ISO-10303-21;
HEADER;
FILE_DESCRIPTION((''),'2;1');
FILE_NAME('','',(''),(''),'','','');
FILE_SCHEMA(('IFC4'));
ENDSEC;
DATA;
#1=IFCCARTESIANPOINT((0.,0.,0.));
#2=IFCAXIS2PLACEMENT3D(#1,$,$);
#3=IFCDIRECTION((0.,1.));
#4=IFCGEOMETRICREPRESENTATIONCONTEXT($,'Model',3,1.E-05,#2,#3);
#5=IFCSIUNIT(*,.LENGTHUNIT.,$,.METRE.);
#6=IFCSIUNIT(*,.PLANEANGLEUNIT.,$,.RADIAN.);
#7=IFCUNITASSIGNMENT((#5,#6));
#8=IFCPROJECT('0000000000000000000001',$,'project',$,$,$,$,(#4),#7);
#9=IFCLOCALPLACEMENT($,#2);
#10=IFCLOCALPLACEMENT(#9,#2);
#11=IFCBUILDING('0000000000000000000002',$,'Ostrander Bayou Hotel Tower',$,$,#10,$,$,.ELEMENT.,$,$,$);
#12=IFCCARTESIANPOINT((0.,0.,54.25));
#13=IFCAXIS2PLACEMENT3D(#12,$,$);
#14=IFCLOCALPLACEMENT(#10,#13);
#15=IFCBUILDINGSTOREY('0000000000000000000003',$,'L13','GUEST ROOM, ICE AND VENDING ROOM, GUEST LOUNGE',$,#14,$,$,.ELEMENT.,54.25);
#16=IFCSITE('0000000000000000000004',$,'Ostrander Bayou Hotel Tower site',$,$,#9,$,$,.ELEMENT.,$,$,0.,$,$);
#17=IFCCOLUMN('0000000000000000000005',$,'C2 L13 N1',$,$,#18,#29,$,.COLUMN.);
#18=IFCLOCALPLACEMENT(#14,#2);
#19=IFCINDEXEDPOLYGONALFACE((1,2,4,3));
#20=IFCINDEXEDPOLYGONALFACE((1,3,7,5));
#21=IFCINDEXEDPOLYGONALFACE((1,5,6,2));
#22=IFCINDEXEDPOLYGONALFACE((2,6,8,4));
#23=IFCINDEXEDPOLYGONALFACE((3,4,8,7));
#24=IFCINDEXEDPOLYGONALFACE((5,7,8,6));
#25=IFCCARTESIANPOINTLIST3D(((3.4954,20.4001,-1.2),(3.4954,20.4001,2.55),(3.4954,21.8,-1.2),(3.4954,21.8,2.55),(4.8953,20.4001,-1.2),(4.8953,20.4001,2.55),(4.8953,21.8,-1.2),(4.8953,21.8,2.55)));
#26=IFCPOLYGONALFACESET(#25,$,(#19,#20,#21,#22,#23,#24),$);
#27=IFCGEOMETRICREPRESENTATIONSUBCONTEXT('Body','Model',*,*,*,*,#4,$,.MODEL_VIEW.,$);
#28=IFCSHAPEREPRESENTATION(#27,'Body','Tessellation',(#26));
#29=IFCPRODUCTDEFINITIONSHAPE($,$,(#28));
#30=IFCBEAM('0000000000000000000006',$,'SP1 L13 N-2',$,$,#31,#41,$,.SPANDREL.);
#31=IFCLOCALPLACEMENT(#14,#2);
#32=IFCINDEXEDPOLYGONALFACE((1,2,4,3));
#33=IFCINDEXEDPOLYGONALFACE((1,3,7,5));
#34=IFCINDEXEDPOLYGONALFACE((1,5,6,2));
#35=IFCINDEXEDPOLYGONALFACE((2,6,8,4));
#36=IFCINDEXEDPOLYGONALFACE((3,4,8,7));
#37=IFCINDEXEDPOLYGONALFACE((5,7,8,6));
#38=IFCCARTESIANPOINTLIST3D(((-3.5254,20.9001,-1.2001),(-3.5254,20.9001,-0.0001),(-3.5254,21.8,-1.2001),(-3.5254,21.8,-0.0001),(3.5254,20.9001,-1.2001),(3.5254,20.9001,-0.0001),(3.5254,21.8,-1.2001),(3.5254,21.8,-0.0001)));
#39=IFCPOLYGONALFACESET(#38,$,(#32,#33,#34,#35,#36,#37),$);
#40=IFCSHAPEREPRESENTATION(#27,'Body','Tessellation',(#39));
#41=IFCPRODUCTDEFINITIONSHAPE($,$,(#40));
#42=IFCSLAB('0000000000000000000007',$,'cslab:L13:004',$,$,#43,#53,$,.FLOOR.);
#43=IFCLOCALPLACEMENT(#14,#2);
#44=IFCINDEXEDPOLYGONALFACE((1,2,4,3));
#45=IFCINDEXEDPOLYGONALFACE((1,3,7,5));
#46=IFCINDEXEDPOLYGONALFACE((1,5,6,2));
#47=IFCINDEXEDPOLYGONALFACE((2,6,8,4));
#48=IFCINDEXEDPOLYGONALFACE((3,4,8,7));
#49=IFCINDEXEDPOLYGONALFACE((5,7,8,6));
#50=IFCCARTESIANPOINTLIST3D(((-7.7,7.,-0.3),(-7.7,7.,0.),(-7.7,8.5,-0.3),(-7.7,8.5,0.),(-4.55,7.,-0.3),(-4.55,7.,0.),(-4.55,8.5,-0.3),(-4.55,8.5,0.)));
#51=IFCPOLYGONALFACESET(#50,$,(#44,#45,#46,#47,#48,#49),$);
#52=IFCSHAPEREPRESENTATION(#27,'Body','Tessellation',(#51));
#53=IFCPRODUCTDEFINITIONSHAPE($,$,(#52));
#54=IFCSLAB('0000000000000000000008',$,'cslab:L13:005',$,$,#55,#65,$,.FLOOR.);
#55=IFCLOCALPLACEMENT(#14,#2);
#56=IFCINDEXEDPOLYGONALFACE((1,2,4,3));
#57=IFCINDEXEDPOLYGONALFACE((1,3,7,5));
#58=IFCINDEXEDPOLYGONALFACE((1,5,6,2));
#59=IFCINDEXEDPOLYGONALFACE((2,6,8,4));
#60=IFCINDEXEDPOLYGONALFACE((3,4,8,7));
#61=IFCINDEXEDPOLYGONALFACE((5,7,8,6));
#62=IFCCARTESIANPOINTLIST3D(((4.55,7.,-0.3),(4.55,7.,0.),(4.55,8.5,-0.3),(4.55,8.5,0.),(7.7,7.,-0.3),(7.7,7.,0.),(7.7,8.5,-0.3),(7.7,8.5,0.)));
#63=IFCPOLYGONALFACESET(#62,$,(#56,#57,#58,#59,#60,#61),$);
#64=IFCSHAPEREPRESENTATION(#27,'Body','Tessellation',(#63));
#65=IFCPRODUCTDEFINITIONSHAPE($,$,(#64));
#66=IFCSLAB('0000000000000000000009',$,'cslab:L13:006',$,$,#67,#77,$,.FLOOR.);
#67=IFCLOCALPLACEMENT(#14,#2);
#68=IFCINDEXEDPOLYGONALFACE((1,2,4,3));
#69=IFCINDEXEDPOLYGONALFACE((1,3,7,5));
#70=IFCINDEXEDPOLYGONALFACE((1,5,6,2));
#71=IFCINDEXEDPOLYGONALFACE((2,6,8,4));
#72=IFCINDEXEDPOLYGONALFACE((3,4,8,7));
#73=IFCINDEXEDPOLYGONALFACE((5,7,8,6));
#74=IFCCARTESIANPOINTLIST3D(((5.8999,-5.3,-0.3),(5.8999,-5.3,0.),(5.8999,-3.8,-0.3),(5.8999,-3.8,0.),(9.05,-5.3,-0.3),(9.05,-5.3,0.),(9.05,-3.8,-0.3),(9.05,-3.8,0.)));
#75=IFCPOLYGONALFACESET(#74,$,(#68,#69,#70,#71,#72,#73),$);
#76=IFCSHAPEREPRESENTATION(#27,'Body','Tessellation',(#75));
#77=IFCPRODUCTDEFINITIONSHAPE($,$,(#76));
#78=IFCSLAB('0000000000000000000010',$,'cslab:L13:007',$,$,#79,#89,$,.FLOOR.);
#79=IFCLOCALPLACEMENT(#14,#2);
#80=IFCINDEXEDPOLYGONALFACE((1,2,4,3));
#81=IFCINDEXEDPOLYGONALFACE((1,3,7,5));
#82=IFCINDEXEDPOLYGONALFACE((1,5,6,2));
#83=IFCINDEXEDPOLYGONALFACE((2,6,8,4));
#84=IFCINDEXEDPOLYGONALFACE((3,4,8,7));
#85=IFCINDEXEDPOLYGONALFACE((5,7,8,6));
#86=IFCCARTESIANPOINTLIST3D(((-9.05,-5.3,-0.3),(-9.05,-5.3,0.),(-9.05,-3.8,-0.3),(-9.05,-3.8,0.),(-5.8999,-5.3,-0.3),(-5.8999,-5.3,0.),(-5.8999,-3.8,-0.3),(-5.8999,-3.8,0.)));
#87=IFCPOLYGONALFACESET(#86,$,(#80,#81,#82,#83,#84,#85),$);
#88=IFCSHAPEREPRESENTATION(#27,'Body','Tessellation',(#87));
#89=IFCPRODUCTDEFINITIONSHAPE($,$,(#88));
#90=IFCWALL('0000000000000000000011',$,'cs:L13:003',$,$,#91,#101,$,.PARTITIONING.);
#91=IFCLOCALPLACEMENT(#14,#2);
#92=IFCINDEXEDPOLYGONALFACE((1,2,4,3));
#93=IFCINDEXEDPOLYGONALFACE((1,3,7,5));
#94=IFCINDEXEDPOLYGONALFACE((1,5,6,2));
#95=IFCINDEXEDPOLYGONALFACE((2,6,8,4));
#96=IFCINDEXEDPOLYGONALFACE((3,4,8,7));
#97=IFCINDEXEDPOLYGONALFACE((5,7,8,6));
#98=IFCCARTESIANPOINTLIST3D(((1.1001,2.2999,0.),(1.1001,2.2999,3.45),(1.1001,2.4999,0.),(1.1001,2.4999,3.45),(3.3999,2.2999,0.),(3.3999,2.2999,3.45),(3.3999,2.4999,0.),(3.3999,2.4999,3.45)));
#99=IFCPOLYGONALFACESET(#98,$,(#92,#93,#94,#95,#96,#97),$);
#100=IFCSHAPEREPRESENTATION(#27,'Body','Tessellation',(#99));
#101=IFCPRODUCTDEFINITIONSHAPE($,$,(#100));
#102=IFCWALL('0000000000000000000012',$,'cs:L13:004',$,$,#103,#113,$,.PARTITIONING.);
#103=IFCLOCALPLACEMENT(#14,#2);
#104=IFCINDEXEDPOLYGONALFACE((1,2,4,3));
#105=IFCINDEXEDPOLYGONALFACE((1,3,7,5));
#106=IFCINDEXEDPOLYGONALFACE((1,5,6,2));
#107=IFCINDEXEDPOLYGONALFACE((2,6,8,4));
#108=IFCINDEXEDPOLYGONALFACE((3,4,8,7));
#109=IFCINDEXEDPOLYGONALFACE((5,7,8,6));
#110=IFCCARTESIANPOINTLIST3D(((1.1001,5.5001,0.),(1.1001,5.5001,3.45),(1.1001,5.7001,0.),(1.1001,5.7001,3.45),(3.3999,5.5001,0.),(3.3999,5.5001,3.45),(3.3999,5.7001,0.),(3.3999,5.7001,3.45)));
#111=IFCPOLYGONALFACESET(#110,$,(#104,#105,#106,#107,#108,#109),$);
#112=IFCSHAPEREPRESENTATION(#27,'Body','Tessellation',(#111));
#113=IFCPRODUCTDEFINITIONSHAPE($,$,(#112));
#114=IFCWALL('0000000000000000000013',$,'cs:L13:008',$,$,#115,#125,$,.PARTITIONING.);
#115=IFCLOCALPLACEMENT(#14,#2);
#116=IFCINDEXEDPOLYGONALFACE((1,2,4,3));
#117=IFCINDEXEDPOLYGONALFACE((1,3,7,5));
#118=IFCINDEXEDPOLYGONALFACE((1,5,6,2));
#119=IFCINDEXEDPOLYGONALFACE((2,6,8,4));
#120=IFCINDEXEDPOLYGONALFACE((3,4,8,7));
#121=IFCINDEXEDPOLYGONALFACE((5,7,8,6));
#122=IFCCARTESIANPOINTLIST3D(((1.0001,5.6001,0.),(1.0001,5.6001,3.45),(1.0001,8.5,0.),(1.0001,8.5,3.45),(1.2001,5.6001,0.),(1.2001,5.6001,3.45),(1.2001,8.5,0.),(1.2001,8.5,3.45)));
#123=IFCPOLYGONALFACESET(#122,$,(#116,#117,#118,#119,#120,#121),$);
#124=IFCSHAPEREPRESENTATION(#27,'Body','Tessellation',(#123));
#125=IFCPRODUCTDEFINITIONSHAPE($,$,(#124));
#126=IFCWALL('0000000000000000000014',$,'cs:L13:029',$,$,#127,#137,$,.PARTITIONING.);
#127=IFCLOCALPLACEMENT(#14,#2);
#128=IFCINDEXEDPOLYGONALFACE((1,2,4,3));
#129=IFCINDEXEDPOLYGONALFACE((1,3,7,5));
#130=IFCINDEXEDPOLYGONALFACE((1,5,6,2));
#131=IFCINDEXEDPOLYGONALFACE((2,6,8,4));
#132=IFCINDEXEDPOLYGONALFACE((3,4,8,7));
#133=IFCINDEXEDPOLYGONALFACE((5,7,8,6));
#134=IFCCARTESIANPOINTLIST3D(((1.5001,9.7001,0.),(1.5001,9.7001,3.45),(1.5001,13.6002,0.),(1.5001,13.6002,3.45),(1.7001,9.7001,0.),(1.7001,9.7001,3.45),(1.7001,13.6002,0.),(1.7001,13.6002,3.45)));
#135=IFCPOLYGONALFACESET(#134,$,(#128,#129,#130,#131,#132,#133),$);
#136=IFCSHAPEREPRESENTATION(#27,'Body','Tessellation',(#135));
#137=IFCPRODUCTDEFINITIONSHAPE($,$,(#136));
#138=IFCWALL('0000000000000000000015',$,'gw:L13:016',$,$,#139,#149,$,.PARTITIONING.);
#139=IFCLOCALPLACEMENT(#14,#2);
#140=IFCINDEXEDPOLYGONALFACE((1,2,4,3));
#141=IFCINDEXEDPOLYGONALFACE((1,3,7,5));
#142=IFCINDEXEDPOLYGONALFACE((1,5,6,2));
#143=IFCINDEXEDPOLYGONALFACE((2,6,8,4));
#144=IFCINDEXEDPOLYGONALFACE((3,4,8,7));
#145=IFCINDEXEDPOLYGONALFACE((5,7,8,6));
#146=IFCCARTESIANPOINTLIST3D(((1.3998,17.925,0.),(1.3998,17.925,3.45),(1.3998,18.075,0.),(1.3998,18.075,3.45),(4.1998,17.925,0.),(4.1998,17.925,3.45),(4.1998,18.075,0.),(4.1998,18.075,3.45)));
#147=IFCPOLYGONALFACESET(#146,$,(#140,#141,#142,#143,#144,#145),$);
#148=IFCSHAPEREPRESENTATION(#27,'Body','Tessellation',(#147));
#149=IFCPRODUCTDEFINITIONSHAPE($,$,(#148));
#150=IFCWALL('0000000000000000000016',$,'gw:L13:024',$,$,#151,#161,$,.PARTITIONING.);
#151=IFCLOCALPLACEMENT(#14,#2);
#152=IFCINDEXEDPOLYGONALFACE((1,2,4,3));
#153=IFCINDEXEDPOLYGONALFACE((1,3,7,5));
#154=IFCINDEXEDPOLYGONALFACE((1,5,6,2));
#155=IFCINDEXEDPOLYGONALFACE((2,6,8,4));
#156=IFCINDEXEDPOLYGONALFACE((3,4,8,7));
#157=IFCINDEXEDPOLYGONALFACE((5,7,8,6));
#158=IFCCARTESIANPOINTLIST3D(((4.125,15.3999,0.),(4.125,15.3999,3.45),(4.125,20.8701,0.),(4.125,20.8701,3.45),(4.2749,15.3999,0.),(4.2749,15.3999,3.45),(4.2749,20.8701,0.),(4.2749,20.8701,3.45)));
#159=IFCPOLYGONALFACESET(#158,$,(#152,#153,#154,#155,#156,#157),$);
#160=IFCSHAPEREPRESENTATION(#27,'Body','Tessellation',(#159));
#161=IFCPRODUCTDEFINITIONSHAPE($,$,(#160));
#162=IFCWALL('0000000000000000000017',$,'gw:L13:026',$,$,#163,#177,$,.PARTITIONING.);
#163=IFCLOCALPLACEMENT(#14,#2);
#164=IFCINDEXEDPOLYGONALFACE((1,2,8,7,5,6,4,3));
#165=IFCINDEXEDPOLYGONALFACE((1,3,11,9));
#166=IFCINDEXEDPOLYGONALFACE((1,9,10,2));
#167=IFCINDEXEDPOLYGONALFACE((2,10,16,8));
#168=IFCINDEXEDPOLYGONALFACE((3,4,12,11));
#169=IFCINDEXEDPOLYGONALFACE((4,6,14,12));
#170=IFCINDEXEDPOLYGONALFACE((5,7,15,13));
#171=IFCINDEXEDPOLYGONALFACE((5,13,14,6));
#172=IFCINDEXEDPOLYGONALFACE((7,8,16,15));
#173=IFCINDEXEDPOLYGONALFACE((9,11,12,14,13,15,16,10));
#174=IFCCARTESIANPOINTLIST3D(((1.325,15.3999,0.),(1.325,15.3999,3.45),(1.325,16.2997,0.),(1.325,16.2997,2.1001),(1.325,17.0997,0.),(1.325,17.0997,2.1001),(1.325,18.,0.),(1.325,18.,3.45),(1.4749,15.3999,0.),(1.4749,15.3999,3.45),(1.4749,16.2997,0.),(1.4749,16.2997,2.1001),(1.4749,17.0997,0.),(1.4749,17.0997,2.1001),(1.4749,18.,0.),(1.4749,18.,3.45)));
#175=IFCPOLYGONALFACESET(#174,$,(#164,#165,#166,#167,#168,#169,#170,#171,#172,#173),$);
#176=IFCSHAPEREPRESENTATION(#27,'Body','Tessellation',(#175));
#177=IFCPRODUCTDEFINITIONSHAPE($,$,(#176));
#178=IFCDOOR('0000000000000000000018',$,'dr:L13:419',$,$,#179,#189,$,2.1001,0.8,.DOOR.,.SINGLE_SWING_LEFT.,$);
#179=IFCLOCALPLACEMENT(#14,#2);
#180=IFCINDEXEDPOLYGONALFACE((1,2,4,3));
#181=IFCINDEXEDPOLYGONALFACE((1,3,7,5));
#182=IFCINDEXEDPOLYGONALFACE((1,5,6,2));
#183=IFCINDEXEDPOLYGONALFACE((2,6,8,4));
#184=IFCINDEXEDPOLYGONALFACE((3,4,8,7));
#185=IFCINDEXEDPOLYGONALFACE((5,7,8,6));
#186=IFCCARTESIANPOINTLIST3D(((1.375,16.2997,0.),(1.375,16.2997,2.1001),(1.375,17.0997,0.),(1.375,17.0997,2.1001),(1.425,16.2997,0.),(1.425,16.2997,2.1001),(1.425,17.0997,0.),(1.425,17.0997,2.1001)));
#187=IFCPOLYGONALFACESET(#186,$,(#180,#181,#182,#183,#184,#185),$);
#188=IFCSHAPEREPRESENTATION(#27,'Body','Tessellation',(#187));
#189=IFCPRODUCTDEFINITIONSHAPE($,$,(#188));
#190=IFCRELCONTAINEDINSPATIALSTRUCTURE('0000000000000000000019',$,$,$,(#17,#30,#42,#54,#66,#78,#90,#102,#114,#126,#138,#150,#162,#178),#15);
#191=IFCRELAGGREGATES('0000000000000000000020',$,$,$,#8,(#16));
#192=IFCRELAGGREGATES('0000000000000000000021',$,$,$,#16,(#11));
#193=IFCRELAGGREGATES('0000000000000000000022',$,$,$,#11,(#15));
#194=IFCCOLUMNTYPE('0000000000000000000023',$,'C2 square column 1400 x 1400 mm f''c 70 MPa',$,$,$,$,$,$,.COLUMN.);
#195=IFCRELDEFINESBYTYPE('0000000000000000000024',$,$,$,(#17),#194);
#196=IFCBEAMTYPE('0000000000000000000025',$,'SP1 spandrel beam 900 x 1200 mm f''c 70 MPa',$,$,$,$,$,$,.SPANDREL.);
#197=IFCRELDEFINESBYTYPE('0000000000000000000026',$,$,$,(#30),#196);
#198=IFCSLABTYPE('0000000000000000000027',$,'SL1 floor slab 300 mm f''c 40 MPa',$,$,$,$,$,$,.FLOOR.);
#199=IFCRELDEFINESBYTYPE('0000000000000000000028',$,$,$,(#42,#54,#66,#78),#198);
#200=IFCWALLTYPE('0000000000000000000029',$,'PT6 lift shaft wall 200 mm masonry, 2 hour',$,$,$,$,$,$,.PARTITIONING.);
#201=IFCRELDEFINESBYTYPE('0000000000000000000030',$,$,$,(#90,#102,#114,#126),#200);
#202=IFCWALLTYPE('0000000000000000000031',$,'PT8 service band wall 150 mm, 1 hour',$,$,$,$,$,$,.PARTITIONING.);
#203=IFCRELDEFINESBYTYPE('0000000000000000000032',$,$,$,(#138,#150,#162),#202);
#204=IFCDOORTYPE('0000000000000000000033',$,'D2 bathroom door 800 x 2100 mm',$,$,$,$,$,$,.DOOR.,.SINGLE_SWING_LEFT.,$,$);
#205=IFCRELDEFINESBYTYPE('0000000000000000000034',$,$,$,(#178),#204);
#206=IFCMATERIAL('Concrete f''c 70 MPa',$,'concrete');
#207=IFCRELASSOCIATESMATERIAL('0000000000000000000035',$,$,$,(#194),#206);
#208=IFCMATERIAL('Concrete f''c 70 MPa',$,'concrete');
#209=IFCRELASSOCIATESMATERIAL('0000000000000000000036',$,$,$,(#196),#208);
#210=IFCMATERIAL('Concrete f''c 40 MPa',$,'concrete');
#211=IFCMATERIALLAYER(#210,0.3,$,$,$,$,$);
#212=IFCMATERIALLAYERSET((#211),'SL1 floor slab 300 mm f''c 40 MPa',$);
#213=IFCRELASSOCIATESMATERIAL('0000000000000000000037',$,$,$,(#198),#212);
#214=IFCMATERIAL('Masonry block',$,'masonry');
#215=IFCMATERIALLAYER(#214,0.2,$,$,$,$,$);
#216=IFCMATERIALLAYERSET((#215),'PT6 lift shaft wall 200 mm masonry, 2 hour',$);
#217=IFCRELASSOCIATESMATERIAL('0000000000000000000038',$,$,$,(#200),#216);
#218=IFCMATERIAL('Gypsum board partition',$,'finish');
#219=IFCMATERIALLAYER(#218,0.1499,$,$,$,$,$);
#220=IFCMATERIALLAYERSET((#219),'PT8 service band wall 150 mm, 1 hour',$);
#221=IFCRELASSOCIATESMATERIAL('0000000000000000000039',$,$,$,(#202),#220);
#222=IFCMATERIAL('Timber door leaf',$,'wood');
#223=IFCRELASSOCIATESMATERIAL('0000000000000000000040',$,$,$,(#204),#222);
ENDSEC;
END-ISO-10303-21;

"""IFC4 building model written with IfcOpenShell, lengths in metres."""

from ifc_helpers import new_model, si_unit, direction, frame, frame_2d, origin, origin_2d, place, context, subcontext, project, spatial, polyline, rectangle, outline, extrude, material, layer, layer_set, material_profile, profile_set, type_object, element, fill, save


model = new_model("IFC4")

# Units and contexts
model_context = context("Model", 3, precision=1e-05, world=origin(), true_north=direction((0.0, 1.0)))
body_context = subcontext(model_context, "Body", "Model", "MODEL_VIEW")
ifc_project = project(units=[si_unit("LENGTHUNIT", "METRE"), si_unit("PLANEANGLEUNIT", "RADIAN")], contexts=[model_context])

# Site, building, storey
site_placement = place(None, origin())
site = spatial("IfcSite", under=ifc_project, at=site_placement, Name="Ostrander Bayou Hotel Tower site", CompositionType="ELEMENT", RefElevation=0.0)
building_placement = place(site_placement, origin())
building = spatial("IfcBuilding", under=site, at=building_placement, Name="Ostrander Bayou Hotel Tower", CompositionType="ELEMENT")
storey_placement = place(building_placement, frame((0.0, 0.0, 54.25)))
storey = spatial("IfcBuildingStorey", under=building, at=storey_placement, Name="L13", Description="GUEST ROOM, ICE AND VENDING ROOM, GUEST LOUNGE", CompositionType="ELEMENT", Elevation=54.25)

# Column
ifc_material_1 = material(Name="Concrete f'c 70 MPa", Category="concrete")
ifc_material_profile_1 = material_profile(ifc_material_1, rectangle(XDim=1.3999, YDim=1.3999, at=origin_2d()))
ifc_profile_set_1 = profile_set([ifc_material_profile_1], Name="Concrete f'c 70 MPa")
column_type = type_object("IfcColumnType", Name="C2 square column 1400 x 1400 mm f'c 70 MPa", PredefinedType="COLUMN", material=ifc_profile_set_1)
column_placement = place(storey_placement, frame((4.1953, 21.1001, -1.2), z_axis=(0.0, 0.0, 1.0), x_axis=(1.0, 0.0, 0.0)))
element("IfcColumn", 1, at=column_placement, inside=storey, type_object=column_type, Name="C2 L13 N1", PredefinedType="COLUMN", context=body_context, shape_type="SweptSolid", body=[
    extrude(rectangle(XDim=1.3999, YDim=1.3999, at=origin_2d()), origin(), (0.0, 0.0, 1.0), 3.75),
])

# Beam
ifc_material_2 = material(Name="Concrete f'c 70 MPa", Category="concrete")
ifc_material_profile_2 = material_profile(ifc_material_2, rectangle(XDim=0.8999, YDim=1.2, at=origin_2d()))
ifc_profile_set_2 = profile_set([ifc_material_profile_2], Name="Concrete f'c 70 MPa")
beam_type = type_object("IfcBeamType", Name="SP1 spandrel beam 900 x 1200 mm f'c 70 MPa", PredefinedType="SPANDREL", material=ifc_profile_set_2)
beam_placement = place(storey_placement, frame((3.5254, 21.3501, -0.6001), z_axis=(-1.0, 0.0, 0.0), x_axis=(0.0, -1.0, 0.0)))
element("IfcBeam", 2, at=beam_placement, inside=storey, type_object=beam_type, Name="SP1 L13 N-2", PredefinedType="SPANDREL", context=body_context, shape_type="SweptSolid", body=[
    extrude(rectangle(XDim=0.8999, YDim=1.2, at=origin_2d()), origin(), (0.0, 0.0, 1.0), 7.0508),
])

# Slabs
ifc_material_3 = material(Name="Concrete f'c 40 MPa", Category="concrete")
ifc_layer_1 = layer(ifc_material_3, 0.3)
ifc_layer_set_1 = layer_set([ifc_layer_1], Name="SL1 floor slab 300 mm f'c 40 MPa")
slab_type = type_object("IfcSlabType", Name="SL1 floor slab 300 mm f'c 40 MPa", PredefinedType="FLOOR", material=ifc_layer_set_1)
slab_1_placement = place(storey_placement, frame((0.0, 0.0, -0.3)))
element("IfcSlab", 3, at=slab_1_placement, inside=storey, type_object=slab_type, Name="cslab:L13:004", PredefinedType="FLOOR", context=body_context, shape_type="SweptSolid", body=[
    extrude(outline(polyline([(-4.55, 7.0), (-4.55, 8.5), (-7.7, 8.5), (-7.7, 7.0), (-4.55, 7.0)])), origin(), (0.0, 0.0, 1.0), 0.3),
])
slab_2_placement = place(storey_placement, frame((0.0, 0.0, -0.3)))
element("IfcSlab", 4, at=slab_2_placement, inside=storey, type_object=slab_type, Name="cslab:L13:005", PredefinedType="FLOOR", context=body_context, shape_type="SweptSolid", body=[
    extrude(outline(polyline([(7.7, 7.0), (7.7, 8.5), (4.55, 8.5), (4.55, 7.0), (7.7, 7.0)])), origin(), (0.0, 0.0, 1.0), 0.3),
])
slab_3_placement = place(storey_placement, frame((0.0, 0.0, -0.3)))
element("IfcSlab", 5, at=slab_3_placement, inside=storey, type_object=slab_type, Name="cslab:L13:006", PredefinedType="FLOOR", context=body_context, shape_type="SweptSolid", body=[
    extrude(outline(polyline([(9.05, -5.3), (9.05, -3.8), (5.8999, -3.8), (5.8999, -5.3), (9.05, -5.3)])), origin(), (0.0, 0.0, 1.0), 0.3),
])
slab_4_placement = place(storey_placement, frame((0.0, 0.0, -0.3)))
element("IfcSlab", 6, at=slab_4_placement, inside=storey, type_object=slab_type, Name="cslab:L13:007", PredefinedType="FLOOR", context=body_context, shape_type="SweptSolid", body=[
    extrude(outline(polyline([(-5.8999, -5.3), (-5.8999, -3.8), (-9.05, -3.8), (-9.05, -5.3), (-5.8999, -5.3)])), origin(), (0.0, 0.0, 1.0), 0.3),
])

# Walls
ifc_material_4 = material(Name="Masonry block", Category="masonry")
ifc_layer_2 = layer(ifc_material_4, 0.2)
ifc_layer_set_2 = layer_set([ifc_layer_2], Name="PT6 lift shaft wall 200 mm masonry, 2 hour")
wall_type_1 = type_object("IfcWallType", Name="PT6 lift shaft wall 200 mm masonry, 2 hour", PredefinedType="PARTITIONING", material=ifc_layer_set_2)
for number, where, z_axis, x_axis, name in (
    (7, (1.1001, 2.3999, 0.0), (0.0, 0.0, 1.0), (1.0, 0.0, 0.0), "cs:L13:003"),
    (8, (1.1001, 5.6001, 0.0), (0.0, 0.0, 1.0), (1.0, 0.0, 0.0), "cs:L13:004"),
):
    element("IfcWall", number, at=place(storey_placement, frame(where, z_axis=z_axis, x_axis=x_axis)), inside=storey, type_object=wall_type_1, Name=name, PredefinedType="PARTITIONING", context=body_context, shape_type="SweptSolid", body=[
        extrude(rectangle(XDim=2.2998, YDim=0.2, at=frame_2d((1.1499, 0.0))), origin(), (0.0, 0.0, 1.0), 3.45),
    ])
wall_1_placement = place(storey_placement, frame((1.1001, 5.6001, 0.0), z_axis=(0.0, 0.0, 1.0), x_axis=(0.0, 1.0, 0.0)))
element("IfcWall", 9, at=wall_1_placement, inside=storey, type_object=wall_type_1, Name="cs:L13:008", PredefinedType="PARTITIONING", context=body_context, shape_type="SweptSolid", body=[
    extrude(rectangle(XDim=2.8999, YDim=0.2, at=frame_2d((1.45, 0.0))), origin(), (0.0, 0.0, 1.0), 3.45),
])
wall_2_placement = place(storey_placement, frame((1.6001, 9.7, 0.0), z_axis=(0.0, 0.0, 1.0), x_axis=(0.0, 1.0, 0.0)))
element("IfcWall", 10, at=wall_2_placement, inside=storey, type_object=wall_type_1, Name="cs:L13:029", PredefinedType="PARTITIONING", context=body_context, shape_type="SweptSolid", body=[
    extrude(rectangle(XDim=3.9001, YDim=0.2, at=frame_2d((1.9502, 0.0))), origin(), (0.0, 0.0, 1.0), 3.45),
])
ifc_material_5 = material(Name="Gypsum board partition", Category="finish")
ifc_layer_3 = layer(ifc_material_5, 0.1499)
ifc_layer_set_3 = layer_set([ifc_layer_3], Name="PT8 service band wall 150 mm, 1 hour")
wall_type_2 = type_object("IfcWallType", Name="PT8 service band wall 150 mm, 1 hour", PredefinedType="PARTITIONING", material=ifc_layer_set_3)
wall_3_placement = place(storey_placement, frame((1.3999, 18.0, 0.0), z_axis=(0.0, 0.0, 1.0), x_axis=(1.0, 0.0, 0.0)))
element("IfcWall", 11, at=wall_3_placement, inside=storey, type_object=wall_type_2, Name="gw:L13:016", PredefinedType="PARTITIONING", context=body_context, shape_type="SweptSolid", body=[
    extrude(rectangle(XDim=2.8, YDim=0.1499, at=frame_2d((1.3999, 0.0))), origin(), (0.0, 0.0, 1.0), 3.45),
])
wall_4_placement = place(storey_placement, frame((4.2, 15.3999, 0.0), z_axis=(0.0, 0.0, 1.0), x_axis=(0.0, 1.0, 0.0)))
element("IfcWall", 12, at=wall_4_placement, inside=storey, type_object=wall_type_2, Name="gw:L13:024", PredefinedType="PARTITIONING", context=body_context, shape_type="SweptSolid", body=[
    extrude(rectangle(XDim=5.4702, YDim=0.1499, at=frame_2d((2.7351, 0.0))), origin(), (0.0, 0.0, 1.0), 3.45),
])

# Wall, opening, door
wall_5_placement = place(storey_placement, frame((1.3999, 15.3999, 0.0), z_axis=(0.0, 0.0, 1.0), x_axis=(0.0, 1.0, 0.0)))
wall_5 = element("IfcWall", 13, at=wall_5_placement, inside=storey, type_object=wall_type_2, Name="gw:L13:026", PredefinedType="PARTITIONING", context=body_context, shape_type="SweptSolid", body=[
    extrude(rectangle(XDim=2.6001, YDim=0.1499, at=frame_2d((1.3, 0.0))), origin(), (0.0, 0.0, 1.0), 3.45),
])
opening_1_placement = place(wall_5_placement, frame((0.8999, 0.0, 0.0)))
opening_1 = element("IfcOpeningElement", 14, at=opening_1_placement, cuts=wall_5, PredefinedType="OPENING", context=body_context, shape_type="SweptSolid", body=[
    extrude(rectangle(XDim=0.8, YDim=2.1001, at=frame_2d((0.3999, 1.05))), frame((0.0, 0.075, 0.0), z_axis=(0.0, -1.0, 0.0), x_axis=(1.0, 0.0, 0.0)), (0.0, 0.0, 1.0), 0.1499),
])
ifc_material_6 = material(Name="Timber door leaf", Category="wood")
door_type_1 = type_object("IfcDoorType", Name="D2 bathroom door 800 x 2100 mm", OperationType="SINGLE_SWING_LEFT", PredefinedType="DOOR", material=ifc_material_6)
door_1_placement = place(opening_1_placement, origin())
door_1 = element("IfcDoor", 15, at=door_1_placement, inside=storey, type_object=door_type_1, Name="dr:L13:419", OperationType="SINGLE_SWING_LEFT", OverallHeight=2.1001, OverallWidth=0.8, PredefinedType="DOOR", context=body_context, shape_type="SweptSolid", body=[
    extrude(rectangle(XDim=0.8, YDim=2.1001, at=frame_2d((0.3999, 1.05))), frame((0.0, 0.0249, 0.0), z_axis=(0.0, -1.0, 0.0), x_axis=(1.0, 0.0, 0.0)), (0.0, 0.0, 1.0), 0.05),
])
fill(opening_1, door_1)

save(model, "model.ifc")
